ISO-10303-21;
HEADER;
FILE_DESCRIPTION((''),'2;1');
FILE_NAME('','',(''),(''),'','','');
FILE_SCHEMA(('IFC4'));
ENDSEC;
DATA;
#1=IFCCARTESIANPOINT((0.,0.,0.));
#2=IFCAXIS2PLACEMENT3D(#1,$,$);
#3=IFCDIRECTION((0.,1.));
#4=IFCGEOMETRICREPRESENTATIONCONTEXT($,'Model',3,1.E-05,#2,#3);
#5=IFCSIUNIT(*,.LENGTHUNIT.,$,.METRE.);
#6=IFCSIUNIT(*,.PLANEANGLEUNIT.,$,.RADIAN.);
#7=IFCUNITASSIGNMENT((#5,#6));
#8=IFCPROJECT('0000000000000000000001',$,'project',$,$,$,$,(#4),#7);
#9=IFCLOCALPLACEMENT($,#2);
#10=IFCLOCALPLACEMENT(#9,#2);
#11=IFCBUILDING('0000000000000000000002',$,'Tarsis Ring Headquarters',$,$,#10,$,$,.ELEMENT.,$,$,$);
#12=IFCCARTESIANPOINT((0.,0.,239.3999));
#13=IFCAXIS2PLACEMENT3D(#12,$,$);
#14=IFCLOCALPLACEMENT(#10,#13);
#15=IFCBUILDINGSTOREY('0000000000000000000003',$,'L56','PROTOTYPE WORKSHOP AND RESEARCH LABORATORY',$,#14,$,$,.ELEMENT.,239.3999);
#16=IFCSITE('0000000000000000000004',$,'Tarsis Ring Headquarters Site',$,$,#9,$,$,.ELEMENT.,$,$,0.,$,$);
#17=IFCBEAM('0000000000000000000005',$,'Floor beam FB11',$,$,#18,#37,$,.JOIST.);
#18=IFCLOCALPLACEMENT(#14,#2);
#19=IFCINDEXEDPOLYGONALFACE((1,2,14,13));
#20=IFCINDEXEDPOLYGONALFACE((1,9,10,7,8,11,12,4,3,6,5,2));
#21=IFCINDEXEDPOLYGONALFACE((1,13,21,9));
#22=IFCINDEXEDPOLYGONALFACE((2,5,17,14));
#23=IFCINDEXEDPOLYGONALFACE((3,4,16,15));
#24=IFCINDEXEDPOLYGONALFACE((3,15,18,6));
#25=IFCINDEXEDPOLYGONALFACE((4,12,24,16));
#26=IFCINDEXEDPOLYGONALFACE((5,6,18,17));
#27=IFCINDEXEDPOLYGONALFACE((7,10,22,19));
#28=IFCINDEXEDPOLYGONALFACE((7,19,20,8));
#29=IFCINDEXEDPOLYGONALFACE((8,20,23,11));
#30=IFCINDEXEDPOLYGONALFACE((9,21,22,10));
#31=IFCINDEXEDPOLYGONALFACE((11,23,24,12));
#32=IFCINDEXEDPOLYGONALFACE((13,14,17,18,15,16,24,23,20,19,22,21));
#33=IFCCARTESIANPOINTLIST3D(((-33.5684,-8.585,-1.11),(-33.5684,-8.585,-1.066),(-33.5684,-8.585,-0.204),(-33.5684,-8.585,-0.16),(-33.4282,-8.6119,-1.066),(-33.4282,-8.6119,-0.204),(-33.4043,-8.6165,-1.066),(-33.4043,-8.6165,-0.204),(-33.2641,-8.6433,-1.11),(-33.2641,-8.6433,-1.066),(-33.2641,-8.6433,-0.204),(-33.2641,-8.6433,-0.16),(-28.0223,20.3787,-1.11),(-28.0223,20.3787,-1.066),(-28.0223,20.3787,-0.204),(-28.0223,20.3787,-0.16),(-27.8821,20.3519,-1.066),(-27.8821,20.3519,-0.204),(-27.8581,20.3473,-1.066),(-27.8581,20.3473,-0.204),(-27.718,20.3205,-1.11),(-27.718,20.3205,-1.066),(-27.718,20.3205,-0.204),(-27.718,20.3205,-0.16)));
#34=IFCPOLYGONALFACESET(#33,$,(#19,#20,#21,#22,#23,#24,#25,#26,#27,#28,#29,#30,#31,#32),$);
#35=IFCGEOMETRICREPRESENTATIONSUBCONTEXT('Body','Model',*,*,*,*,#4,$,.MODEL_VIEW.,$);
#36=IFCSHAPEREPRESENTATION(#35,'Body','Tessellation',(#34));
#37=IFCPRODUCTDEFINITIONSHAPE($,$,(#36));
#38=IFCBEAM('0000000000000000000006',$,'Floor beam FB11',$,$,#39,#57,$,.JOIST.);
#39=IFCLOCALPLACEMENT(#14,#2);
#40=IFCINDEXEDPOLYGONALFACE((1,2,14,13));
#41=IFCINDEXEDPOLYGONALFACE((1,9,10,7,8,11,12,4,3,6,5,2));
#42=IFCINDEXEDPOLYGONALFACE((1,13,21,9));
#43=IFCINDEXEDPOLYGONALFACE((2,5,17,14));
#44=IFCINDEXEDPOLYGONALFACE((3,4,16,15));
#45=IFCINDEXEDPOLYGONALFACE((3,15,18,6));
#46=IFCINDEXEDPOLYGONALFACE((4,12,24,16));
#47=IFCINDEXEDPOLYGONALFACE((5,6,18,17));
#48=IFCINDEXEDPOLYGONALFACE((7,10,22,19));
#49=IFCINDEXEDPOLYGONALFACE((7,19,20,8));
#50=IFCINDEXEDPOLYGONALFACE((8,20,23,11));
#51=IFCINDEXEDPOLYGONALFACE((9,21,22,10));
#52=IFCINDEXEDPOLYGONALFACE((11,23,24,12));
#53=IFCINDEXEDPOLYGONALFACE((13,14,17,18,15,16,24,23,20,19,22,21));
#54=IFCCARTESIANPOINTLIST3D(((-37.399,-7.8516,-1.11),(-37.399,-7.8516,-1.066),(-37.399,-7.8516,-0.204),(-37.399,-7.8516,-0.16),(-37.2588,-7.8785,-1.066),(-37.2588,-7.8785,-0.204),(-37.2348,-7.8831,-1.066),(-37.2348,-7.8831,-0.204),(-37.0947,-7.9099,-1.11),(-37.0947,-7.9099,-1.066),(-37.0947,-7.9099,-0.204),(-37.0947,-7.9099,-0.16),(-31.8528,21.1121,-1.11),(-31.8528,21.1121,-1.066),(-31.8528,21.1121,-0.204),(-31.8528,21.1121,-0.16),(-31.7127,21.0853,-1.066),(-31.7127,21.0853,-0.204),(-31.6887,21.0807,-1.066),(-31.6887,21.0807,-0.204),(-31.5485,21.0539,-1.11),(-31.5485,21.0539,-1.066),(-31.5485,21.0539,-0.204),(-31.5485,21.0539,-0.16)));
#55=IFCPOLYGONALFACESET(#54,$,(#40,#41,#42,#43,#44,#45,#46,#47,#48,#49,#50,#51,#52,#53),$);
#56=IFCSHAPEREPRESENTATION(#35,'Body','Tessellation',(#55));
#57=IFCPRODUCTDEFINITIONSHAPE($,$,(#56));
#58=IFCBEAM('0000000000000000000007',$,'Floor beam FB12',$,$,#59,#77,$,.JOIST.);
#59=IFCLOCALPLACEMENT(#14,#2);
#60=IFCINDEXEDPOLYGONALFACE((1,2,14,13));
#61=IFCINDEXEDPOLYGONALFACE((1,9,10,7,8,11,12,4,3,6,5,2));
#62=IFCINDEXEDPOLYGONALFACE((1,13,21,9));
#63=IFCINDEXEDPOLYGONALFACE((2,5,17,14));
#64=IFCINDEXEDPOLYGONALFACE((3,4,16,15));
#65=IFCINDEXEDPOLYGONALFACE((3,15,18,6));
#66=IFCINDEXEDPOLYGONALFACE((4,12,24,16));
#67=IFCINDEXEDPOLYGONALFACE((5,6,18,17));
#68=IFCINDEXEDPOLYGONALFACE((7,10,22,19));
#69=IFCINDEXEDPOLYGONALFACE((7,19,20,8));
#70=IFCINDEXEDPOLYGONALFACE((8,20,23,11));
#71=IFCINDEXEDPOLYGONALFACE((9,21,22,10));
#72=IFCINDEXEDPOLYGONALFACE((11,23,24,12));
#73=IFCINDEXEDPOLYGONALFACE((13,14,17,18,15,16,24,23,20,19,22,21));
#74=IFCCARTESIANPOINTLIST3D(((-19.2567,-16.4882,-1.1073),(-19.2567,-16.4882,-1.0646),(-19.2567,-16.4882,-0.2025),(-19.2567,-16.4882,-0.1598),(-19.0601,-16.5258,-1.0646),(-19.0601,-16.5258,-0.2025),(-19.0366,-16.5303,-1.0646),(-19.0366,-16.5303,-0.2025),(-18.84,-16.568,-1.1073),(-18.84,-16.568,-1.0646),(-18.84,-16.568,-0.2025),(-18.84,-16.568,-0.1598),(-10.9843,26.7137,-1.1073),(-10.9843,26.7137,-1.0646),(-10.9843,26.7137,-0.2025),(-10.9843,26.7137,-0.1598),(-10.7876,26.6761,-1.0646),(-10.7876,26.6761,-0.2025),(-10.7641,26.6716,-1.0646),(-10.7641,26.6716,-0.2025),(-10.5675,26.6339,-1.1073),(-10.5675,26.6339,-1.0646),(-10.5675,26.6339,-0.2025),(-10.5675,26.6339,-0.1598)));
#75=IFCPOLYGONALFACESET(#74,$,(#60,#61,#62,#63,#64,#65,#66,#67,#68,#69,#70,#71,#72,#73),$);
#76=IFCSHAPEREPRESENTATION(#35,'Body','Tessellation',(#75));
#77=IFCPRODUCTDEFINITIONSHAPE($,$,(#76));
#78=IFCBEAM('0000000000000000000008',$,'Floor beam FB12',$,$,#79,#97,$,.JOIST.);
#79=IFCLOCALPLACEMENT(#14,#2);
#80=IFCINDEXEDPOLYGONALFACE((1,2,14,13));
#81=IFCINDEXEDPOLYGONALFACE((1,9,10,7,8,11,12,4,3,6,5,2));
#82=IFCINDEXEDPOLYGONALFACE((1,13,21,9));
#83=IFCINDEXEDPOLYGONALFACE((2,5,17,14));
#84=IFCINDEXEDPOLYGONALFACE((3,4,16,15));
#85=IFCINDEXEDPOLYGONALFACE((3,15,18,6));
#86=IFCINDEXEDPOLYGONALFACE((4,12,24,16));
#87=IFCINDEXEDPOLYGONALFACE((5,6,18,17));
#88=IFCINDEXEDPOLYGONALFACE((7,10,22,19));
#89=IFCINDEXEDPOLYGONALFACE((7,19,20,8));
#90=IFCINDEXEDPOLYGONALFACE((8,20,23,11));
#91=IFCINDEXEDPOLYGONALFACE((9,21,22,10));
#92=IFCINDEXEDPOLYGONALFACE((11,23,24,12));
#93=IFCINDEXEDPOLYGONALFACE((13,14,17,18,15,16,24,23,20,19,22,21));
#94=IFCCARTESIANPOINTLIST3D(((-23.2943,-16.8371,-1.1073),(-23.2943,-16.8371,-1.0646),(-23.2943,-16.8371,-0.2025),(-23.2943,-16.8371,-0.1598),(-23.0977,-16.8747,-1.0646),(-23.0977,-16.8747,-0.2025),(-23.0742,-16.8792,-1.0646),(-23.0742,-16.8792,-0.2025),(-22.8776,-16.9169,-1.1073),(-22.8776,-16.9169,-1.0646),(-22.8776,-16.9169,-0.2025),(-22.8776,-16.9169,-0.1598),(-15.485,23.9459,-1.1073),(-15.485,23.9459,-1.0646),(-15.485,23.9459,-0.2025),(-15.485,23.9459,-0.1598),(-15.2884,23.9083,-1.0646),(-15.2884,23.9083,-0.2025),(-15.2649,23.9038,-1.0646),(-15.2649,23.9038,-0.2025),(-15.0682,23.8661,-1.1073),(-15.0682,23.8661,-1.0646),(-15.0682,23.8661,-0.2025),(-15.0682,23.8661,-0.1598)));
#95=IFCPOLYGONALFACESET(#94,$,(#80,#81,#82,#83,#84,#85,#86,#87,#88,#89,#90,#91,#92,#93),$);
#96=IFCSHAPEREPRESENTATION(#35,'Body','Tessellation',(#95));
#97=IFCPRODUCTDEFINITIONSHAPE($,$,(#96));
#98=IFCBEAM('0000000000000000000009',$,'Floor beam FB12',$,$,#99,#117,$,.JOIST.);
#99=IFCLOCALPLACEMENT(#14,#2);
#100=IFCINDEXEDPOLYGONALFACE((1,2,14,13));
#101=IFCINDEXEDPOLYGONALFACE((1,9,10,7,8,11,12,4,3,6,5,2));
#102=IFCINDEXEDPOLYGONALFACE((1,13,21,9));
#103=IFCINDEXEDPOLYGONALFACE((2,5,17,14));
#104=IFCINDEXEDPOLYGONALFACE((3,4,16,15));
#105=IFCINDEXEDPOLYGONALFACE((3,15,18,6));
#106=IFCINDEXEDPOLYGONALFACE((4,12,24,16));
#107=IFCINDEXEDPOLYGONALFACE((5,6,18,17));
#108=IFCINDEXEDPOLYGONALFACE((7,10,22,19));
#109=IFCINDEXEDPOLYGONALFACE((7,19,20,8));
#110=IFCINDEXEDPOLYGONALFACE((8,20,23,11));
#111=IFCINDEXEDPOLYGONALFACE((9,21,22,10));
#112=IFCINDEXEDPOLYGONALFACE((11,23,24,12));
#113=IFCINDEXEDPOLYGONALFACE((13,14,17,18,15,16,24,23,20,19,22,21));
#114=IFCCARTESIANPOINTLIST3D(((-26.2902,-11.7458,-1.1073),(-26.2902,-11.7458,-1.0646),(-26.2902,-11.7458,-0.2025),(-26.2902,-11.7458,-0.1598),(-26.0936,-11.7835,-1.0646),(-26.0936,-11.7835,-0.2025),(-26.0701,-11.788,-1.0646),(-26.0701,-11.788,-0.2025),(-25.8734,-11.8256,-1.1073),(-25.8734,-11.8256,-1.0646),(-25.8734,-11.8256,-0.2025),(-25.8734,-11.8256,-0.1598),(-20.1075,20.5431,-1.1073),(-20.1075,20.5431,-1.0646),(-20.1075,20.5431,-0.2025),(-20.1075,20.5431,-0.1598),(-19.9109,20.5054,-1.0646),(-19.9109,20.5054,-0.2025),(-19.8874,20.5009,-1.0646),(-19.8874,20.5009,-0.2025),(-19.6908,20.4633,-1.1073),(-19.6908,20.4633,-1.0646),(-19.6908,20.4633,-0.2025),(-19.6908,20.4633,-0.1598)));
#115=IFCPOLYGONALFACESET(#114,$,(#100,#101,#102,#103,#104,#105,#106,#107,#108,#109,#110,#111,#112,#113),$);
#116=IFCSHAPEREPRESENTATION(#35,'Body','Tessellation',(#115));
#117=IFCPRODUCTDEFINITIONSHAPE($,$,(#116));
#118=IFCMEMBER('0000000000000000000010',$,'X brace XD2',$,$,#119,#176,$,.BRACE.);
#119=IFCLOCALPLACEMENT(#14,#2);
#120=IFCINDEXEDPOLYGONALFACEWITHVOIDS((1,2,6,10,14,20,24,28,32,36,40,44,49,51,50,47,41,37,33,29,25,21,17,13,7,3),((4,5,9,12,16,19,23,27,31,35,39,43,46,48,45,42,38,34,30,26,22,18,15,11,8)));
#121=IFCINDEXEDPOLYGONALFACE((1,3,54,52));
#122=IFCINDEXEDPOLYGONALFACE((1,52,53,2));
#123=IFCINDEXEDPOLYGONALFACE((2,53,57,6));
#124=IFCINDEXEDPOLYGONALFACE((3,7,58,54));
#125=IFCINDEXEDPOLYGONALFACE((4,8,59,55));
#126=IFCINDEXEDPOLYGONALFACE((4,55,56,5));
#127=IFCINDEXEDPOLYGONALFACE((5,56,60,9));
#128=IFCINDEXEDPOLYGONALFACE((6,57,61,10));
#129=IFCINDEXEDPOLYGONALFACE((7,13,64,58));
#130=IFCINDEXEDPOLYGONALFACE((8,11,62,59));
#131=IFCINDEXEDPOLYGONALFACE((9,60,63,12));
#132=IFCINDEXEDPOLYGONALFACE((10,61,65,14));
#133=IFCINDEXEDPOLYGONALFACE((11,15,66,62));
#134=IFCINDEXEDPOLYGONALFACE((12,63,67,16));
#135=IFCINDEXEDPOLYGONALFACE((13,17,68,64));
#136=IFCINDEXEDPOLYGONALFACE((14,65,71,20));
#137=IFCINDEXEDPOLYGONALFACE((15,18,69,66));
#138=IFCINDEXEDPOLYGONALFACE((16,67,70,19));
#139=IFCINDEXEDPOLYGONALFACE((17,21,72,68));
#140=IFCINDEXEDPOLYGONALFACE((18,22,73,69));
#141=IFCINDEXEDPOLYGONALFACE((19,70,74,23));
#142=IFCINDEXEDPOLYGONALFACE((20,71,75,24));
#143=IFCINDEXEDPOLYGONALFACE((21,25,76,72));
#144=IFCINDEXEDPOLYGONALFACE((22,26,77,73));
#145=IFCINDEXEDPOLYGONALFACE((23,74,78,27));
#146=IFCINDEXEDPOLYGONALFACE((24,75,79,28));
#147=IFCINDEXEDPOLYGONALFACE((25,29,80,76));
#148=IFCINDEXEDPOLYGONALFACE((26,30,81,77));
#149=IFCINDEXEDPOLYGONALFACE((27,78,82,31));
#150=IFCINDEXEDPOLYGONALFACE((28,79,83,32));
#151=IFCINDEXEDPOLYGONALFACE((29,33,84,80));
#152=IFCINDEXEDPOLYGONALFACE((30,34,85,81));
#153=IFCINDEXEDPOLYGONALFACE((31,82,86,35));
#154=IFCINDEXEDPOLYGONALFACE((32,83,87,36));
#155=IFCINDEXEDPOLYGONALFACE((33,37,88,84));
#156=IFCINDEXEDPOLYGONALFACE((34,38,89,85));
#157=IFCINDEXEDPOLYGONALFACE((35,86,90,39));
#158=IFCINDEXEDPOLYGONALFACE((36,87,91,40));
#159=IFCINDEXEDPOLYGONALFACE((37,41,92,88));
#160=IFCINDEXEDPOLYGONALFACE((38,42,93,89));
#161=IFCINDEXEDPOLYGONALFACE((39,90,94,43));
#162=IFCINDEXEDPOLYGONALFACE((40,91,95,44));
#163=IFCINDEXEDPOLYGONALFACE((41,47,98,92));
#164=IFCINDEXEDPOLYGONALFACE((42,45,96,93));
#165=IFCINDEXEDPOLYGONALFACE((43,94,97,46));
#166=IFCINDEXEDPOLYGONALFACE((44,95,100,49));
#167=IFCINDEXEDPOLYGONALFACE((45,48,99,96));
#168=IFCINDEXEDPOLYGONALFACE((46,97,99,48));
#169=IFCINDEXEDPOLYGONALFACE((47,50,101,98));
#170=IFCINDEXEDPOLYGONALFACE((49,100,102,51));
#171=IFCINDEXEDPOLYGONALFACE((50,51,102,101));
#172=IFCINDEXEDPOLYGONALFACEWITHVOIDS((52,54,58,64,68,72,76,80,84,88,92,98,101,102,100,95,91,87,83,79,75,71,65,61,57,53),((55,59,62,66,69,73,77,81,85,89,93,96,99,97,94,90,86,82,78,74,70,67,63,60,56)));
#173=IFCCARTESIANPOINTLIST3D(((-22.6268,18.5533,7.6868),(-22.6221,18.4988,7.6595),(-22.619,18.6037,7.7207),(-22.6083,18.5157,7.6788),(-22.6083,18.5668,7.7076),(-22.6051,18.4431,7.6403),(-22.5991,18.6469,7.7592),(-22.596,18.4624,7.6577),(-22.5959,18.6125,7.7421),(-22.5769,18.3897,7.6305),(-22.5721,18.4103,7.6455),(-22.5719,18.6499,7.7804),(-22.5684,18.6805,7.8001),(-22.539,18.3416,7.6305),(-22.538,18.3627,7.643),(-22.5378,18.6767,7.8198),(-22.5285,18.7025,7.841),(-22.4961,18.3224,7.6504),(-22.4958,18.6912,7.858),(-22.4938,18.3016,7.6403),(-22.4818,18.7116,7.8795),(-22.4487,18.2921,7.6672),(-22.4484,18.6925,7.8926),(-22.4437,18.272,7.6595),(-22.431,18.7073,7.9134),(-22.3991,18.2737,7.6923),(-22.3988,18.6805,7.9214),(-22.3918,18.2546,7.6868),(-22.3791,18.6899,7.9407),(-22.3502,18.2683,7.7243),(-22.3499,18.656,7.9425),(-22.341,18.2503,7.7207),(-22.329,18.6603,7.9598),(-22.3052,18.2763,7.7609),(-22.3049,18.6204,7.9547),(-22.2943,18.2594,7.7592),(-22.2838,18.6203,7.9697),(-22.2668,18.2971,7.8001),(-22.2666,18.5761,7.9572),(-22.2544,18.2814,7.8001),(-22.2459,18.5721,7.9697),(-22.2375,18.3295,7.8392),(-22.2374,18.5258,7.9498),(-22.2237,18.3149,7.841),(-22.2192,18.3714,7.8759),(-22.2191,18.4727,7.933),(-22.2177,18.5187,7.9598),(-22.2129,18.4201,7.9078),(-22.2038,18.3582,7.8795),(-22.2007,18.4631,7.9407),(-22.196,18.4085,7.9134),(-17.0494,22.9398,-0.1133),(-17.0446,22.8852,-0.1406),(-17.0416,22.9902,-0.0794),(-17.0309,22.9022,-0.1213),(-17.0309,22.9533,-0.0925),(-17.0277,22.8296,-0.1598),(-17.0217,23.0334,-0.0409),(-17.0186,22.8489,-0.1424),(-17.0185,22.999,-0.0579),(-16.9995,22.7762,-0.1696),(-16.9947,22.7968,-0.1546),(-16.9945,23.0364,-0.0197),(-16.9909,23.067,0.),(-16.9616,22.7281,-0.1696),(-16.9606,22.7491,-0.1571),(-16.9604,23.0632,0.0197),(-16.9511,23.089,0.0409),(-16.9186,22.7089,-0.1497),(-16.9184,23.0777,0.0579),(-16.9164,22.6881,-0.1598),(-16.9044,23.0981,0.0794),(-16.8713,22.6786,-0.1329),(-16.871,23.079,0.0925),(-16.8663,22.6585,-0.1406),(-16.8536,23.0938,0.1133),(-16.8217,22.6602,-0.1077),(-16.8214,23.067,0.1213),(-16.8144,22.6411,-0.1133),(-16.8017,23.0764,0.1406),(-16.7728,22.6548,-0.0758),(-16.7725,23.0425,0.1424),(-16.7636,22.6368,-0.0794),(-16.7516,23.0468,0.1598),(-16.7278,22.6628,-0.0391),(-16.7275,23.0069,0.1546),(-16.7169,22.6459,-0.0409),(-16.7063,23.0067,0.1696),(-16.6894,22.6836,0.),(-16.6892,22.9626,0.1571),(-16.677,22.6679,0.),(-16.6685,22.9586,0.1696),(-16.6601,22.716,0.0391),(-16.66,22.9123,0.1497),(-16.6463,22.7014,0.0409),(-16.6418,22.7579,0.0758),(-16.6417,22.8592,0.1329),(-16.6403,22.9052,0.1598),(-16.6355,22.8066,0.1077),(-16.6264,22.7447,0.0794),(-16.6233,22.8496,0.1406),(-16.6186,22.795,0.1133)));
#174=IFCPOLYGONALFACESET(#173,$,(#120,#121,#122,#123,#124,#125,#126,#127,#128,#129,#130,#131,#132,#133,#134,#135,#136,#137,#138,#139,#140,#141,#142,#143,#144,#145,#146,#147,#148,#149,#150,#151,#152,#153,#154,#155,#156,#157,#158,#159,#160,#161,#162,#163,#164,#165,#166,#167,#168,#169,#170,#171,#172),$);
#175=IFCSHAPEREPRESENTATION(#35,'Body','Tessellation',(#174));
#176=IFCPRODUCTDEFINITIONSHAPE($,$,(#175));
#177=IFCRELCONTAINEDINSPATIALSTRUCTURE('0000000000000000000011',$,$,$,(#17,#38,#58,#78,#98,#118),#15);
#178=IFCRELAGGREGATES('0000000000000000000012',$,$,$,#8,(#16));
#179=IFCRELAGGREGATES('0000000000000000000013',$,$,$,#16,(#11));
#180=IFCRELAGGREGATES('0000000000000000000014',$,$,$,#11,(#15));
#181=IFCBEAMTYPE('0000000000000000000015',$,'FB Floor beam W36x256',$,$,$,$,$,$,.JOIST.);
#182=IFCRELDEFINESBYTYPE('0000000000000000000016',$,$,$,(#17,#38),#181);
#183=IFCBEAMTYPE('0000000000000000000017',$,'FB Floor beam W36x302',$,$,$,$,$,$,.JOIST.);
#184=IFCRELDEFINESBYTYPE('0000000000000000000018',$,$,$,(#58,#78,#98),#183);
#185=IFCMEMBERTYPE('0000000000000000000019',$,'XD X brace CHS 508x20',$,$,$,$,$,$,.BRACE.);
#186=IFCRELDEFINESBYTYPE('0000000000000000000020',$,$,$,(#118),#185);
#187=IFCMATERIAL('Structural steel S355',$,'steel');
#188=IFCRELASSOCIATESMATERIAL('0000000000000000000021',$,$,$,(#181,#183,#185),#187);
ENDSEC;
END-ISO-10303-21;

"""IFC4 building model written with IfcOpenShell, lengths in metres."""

from ifc_helpers import new_model, si_unit, direction, frame, origin, origin_2d, place, context, subcontext, project, spatial, hollow_circle, i_section, extrude, material, material_profile, profile_set, type_object, element, save


model = new_model("IFC4")

# Units and contexts
model_context = context("Model", 3, precision=1e-05, world=origin(), true_north=direction((0.0, 1.0)))
body_context = subcontext(model_context, "Body", "Model", "MODEL_VIEW")
ifc_project = project(units=[si_unit("LENGTHUNIT", "METRE"), si_unit("PLANEANGLEUNIT", "RADIAN")], contexts=[model_context])

# Site, building, storey
site_placement = place(None, origin())
site = spatial("IfcSite", under=ifc_project, at=site_placement, Name="Tarsis Ring Headquarters Site", CompositionType="ELEMENT", RefElevation=0.0)
building_placement = place(site_placement, origin())
building = spatial("IfcBuilding", under=site, at=building_placement, Name="Tarsis Ring Headquarters", CompositionType="ELEMENT")
storey_placement = place(building_placement, frame((0.0, 0.0, 239.3999)))
storey = spatial("IfcBuildingStorey", under=building, at=storey_placement, Name="L56", Description="PROTOTYPE WORKSHOP AND RESEARCH LABORATORY", CompositionType="ELEMENT", Elevation=239.3999)

# Shared definitions
ifc_material_1 = material(Name="Structural steel S355", Category="steel")

# Beams
ifc_material_profile_1 = material_profile(ifc_material_1, i_section(OverallWidth=0.3098, OverallDepth=0.95, WebThickness=0.0244, FlangeThickness=0.0439, at=origin_2d()), Name="W36x256")
ifc_profile_set_1 = profile_set([ifc_material_profile_1], Name="Structural steel S355")
beam_type_1 = type_object("IfcBeamType", Name="FB Floor beam W36x256", PredefinedType="JOIST", material=ifc_profile_set_1)
for number, where, z_axis, x_axis, name in (
    (1, (-27.8701, 20.3496, -0.635), (-0.188068, -0.982156, 0.0), (0.982156, -0.188068, 0.0), "Floor beam FB11"),
    (2, (-31.7007, 21.083, -0.635), (-0.188068, -0.982156, 0.0), (0.982156, -0.188068, 0.0), "Floor beam FB11"),
):
    element("IfcBeam", number, at=place(storey_placement, frame(where, z_axis=z_axis, x_axis=x_axis)), inside=storey, type_object=beam_type_1, Name=name, PredefinedType="JOIST", context=body_context, shape_type="SweptSolid", body=[
        extrude(i_section(OverallWidth=0.3098, OverallDepth=0.95, WebThickness=0.0244, FlangeThickness=0.0439, at=origin_2d()), origin(), (0.0, 0.0, 1.0), 29.49),
    ])
ifc_material_profile_2 = material_profile(ifc_material_1, i_section(OverallWidth=0.4243, OverallDepth=0.9475, WebThickness=0.0239, FlangeThickness=0.0427, at=origin_2d()), Name="W36x302")
ifc_profile_set_2 = profile_set([ifc_material_profile_2], Name="Structural steel S355")
beam_type_2 = type_object("IfcBeamType", Name="FB Floor beam W36x302", PredefinedType="JOIST", material=ifc_profile_set_2)
beam_1_placement = place(storey_placement, frame((-10.7759, 26.6738, -0.6335), z_axis=(-0.188067, -0.982156, 0.0), x_axis=(0.982156, -0.188067, 0.0)))
element("IfcBeam", 3, at=beam_1_placement, inside=storey, type_object=beam_type_2, Name="Floor beam FB12", PredefinedType="JOIST", context=body_context, shape_type="SweptSolid", body=[
    extrude(i_section(OverallWidth=0.4243, OverallDepth=0.9475, WebThickness=0.0239, FlangeThickness=0.0427, at=origin_2d()), origin(), (0.0, 0.0, 1.0), 43.9868),
])
beam_2_placement = place(storey_placement, frame((-15.2766, 23.906, -0.6335), z_axis=(-0.188068, -0.982156, 0.0), x_axis=(0.982156, -0.188068, 0.0)))
element("IfcBeam", 4, at=beam_2_placement, inside=storey, type_object=beam_type_2, Name="Floor beam FB12", PredefinedType="JOIST", context=body_context, shape_type="SweptSolid", body=[
    extrude(i_section(OverallWidth=0.4243, OverallDepth=0.9475, WebThickness=0.0239, FlangeThickness=0.0427, at=origin_2d()), origin(), (0.0, 0.0, 1.0), 41.5239),
])
beam_3_placement = place(storey_placement, frame((-19.8992, 20.5032, -0.6335), z_axis=(-0.188062, -0.982157, 0.0), x_axis=(0.982157, -0.188062, 0.0)))
element("IfcBeam", 5, at=beam_3_placement, inside=storey, type_object=beam_type_2, Name="Floor beam FB12", PredefinedType="JOIST", context=body_context, shape_type="SweptSolid", body=[
    extrude(i_section(OverallWidth=0.4243, OverallDepth=0.9475, WebThickness=0.0239, FlangeThickness=0.0427, at=origin_2d()), origin(), (0.0, 0.0, 1.0), 32.8755),
])

# Member
ifc_material_profile_3 = material_profile(ifc_material_1, hollow_circle(Radius=0.2539, WallThickness=0.02, at=origin_2d()), Name="CHS 508x20")
ifc_profile_set_3 = profile_set([ifc_material_profile_3], Name="Structural steel S355")
member_type = type_object("IfcMemberType", Name="XD X brace CHS 508x20", PredefinedType="BRACE", material=ifc_profile_set_3)
member_1_placement = place(storey_placement, frame((-16.834, 22.8674, 0.0), z_axis=(-0.528932, -0.415991, 0.739718), x_axis=(0.618191, -0.786028, 0.0)))
element("IfcMember", 6, at=member_1_placement, inside=storey, type_object=member_type, Name="X brace XD2", PredefinedType="BRACE", context=body_context, shape_type="SweptSolid", body=[
    extrude(hollow_circle(Radius=0.2539, WallThickness=0.02, at=origin_2d()), origin(), (0.0, 0.0, 1.0), 10.5447),
])

save(model, "model.ifc")
